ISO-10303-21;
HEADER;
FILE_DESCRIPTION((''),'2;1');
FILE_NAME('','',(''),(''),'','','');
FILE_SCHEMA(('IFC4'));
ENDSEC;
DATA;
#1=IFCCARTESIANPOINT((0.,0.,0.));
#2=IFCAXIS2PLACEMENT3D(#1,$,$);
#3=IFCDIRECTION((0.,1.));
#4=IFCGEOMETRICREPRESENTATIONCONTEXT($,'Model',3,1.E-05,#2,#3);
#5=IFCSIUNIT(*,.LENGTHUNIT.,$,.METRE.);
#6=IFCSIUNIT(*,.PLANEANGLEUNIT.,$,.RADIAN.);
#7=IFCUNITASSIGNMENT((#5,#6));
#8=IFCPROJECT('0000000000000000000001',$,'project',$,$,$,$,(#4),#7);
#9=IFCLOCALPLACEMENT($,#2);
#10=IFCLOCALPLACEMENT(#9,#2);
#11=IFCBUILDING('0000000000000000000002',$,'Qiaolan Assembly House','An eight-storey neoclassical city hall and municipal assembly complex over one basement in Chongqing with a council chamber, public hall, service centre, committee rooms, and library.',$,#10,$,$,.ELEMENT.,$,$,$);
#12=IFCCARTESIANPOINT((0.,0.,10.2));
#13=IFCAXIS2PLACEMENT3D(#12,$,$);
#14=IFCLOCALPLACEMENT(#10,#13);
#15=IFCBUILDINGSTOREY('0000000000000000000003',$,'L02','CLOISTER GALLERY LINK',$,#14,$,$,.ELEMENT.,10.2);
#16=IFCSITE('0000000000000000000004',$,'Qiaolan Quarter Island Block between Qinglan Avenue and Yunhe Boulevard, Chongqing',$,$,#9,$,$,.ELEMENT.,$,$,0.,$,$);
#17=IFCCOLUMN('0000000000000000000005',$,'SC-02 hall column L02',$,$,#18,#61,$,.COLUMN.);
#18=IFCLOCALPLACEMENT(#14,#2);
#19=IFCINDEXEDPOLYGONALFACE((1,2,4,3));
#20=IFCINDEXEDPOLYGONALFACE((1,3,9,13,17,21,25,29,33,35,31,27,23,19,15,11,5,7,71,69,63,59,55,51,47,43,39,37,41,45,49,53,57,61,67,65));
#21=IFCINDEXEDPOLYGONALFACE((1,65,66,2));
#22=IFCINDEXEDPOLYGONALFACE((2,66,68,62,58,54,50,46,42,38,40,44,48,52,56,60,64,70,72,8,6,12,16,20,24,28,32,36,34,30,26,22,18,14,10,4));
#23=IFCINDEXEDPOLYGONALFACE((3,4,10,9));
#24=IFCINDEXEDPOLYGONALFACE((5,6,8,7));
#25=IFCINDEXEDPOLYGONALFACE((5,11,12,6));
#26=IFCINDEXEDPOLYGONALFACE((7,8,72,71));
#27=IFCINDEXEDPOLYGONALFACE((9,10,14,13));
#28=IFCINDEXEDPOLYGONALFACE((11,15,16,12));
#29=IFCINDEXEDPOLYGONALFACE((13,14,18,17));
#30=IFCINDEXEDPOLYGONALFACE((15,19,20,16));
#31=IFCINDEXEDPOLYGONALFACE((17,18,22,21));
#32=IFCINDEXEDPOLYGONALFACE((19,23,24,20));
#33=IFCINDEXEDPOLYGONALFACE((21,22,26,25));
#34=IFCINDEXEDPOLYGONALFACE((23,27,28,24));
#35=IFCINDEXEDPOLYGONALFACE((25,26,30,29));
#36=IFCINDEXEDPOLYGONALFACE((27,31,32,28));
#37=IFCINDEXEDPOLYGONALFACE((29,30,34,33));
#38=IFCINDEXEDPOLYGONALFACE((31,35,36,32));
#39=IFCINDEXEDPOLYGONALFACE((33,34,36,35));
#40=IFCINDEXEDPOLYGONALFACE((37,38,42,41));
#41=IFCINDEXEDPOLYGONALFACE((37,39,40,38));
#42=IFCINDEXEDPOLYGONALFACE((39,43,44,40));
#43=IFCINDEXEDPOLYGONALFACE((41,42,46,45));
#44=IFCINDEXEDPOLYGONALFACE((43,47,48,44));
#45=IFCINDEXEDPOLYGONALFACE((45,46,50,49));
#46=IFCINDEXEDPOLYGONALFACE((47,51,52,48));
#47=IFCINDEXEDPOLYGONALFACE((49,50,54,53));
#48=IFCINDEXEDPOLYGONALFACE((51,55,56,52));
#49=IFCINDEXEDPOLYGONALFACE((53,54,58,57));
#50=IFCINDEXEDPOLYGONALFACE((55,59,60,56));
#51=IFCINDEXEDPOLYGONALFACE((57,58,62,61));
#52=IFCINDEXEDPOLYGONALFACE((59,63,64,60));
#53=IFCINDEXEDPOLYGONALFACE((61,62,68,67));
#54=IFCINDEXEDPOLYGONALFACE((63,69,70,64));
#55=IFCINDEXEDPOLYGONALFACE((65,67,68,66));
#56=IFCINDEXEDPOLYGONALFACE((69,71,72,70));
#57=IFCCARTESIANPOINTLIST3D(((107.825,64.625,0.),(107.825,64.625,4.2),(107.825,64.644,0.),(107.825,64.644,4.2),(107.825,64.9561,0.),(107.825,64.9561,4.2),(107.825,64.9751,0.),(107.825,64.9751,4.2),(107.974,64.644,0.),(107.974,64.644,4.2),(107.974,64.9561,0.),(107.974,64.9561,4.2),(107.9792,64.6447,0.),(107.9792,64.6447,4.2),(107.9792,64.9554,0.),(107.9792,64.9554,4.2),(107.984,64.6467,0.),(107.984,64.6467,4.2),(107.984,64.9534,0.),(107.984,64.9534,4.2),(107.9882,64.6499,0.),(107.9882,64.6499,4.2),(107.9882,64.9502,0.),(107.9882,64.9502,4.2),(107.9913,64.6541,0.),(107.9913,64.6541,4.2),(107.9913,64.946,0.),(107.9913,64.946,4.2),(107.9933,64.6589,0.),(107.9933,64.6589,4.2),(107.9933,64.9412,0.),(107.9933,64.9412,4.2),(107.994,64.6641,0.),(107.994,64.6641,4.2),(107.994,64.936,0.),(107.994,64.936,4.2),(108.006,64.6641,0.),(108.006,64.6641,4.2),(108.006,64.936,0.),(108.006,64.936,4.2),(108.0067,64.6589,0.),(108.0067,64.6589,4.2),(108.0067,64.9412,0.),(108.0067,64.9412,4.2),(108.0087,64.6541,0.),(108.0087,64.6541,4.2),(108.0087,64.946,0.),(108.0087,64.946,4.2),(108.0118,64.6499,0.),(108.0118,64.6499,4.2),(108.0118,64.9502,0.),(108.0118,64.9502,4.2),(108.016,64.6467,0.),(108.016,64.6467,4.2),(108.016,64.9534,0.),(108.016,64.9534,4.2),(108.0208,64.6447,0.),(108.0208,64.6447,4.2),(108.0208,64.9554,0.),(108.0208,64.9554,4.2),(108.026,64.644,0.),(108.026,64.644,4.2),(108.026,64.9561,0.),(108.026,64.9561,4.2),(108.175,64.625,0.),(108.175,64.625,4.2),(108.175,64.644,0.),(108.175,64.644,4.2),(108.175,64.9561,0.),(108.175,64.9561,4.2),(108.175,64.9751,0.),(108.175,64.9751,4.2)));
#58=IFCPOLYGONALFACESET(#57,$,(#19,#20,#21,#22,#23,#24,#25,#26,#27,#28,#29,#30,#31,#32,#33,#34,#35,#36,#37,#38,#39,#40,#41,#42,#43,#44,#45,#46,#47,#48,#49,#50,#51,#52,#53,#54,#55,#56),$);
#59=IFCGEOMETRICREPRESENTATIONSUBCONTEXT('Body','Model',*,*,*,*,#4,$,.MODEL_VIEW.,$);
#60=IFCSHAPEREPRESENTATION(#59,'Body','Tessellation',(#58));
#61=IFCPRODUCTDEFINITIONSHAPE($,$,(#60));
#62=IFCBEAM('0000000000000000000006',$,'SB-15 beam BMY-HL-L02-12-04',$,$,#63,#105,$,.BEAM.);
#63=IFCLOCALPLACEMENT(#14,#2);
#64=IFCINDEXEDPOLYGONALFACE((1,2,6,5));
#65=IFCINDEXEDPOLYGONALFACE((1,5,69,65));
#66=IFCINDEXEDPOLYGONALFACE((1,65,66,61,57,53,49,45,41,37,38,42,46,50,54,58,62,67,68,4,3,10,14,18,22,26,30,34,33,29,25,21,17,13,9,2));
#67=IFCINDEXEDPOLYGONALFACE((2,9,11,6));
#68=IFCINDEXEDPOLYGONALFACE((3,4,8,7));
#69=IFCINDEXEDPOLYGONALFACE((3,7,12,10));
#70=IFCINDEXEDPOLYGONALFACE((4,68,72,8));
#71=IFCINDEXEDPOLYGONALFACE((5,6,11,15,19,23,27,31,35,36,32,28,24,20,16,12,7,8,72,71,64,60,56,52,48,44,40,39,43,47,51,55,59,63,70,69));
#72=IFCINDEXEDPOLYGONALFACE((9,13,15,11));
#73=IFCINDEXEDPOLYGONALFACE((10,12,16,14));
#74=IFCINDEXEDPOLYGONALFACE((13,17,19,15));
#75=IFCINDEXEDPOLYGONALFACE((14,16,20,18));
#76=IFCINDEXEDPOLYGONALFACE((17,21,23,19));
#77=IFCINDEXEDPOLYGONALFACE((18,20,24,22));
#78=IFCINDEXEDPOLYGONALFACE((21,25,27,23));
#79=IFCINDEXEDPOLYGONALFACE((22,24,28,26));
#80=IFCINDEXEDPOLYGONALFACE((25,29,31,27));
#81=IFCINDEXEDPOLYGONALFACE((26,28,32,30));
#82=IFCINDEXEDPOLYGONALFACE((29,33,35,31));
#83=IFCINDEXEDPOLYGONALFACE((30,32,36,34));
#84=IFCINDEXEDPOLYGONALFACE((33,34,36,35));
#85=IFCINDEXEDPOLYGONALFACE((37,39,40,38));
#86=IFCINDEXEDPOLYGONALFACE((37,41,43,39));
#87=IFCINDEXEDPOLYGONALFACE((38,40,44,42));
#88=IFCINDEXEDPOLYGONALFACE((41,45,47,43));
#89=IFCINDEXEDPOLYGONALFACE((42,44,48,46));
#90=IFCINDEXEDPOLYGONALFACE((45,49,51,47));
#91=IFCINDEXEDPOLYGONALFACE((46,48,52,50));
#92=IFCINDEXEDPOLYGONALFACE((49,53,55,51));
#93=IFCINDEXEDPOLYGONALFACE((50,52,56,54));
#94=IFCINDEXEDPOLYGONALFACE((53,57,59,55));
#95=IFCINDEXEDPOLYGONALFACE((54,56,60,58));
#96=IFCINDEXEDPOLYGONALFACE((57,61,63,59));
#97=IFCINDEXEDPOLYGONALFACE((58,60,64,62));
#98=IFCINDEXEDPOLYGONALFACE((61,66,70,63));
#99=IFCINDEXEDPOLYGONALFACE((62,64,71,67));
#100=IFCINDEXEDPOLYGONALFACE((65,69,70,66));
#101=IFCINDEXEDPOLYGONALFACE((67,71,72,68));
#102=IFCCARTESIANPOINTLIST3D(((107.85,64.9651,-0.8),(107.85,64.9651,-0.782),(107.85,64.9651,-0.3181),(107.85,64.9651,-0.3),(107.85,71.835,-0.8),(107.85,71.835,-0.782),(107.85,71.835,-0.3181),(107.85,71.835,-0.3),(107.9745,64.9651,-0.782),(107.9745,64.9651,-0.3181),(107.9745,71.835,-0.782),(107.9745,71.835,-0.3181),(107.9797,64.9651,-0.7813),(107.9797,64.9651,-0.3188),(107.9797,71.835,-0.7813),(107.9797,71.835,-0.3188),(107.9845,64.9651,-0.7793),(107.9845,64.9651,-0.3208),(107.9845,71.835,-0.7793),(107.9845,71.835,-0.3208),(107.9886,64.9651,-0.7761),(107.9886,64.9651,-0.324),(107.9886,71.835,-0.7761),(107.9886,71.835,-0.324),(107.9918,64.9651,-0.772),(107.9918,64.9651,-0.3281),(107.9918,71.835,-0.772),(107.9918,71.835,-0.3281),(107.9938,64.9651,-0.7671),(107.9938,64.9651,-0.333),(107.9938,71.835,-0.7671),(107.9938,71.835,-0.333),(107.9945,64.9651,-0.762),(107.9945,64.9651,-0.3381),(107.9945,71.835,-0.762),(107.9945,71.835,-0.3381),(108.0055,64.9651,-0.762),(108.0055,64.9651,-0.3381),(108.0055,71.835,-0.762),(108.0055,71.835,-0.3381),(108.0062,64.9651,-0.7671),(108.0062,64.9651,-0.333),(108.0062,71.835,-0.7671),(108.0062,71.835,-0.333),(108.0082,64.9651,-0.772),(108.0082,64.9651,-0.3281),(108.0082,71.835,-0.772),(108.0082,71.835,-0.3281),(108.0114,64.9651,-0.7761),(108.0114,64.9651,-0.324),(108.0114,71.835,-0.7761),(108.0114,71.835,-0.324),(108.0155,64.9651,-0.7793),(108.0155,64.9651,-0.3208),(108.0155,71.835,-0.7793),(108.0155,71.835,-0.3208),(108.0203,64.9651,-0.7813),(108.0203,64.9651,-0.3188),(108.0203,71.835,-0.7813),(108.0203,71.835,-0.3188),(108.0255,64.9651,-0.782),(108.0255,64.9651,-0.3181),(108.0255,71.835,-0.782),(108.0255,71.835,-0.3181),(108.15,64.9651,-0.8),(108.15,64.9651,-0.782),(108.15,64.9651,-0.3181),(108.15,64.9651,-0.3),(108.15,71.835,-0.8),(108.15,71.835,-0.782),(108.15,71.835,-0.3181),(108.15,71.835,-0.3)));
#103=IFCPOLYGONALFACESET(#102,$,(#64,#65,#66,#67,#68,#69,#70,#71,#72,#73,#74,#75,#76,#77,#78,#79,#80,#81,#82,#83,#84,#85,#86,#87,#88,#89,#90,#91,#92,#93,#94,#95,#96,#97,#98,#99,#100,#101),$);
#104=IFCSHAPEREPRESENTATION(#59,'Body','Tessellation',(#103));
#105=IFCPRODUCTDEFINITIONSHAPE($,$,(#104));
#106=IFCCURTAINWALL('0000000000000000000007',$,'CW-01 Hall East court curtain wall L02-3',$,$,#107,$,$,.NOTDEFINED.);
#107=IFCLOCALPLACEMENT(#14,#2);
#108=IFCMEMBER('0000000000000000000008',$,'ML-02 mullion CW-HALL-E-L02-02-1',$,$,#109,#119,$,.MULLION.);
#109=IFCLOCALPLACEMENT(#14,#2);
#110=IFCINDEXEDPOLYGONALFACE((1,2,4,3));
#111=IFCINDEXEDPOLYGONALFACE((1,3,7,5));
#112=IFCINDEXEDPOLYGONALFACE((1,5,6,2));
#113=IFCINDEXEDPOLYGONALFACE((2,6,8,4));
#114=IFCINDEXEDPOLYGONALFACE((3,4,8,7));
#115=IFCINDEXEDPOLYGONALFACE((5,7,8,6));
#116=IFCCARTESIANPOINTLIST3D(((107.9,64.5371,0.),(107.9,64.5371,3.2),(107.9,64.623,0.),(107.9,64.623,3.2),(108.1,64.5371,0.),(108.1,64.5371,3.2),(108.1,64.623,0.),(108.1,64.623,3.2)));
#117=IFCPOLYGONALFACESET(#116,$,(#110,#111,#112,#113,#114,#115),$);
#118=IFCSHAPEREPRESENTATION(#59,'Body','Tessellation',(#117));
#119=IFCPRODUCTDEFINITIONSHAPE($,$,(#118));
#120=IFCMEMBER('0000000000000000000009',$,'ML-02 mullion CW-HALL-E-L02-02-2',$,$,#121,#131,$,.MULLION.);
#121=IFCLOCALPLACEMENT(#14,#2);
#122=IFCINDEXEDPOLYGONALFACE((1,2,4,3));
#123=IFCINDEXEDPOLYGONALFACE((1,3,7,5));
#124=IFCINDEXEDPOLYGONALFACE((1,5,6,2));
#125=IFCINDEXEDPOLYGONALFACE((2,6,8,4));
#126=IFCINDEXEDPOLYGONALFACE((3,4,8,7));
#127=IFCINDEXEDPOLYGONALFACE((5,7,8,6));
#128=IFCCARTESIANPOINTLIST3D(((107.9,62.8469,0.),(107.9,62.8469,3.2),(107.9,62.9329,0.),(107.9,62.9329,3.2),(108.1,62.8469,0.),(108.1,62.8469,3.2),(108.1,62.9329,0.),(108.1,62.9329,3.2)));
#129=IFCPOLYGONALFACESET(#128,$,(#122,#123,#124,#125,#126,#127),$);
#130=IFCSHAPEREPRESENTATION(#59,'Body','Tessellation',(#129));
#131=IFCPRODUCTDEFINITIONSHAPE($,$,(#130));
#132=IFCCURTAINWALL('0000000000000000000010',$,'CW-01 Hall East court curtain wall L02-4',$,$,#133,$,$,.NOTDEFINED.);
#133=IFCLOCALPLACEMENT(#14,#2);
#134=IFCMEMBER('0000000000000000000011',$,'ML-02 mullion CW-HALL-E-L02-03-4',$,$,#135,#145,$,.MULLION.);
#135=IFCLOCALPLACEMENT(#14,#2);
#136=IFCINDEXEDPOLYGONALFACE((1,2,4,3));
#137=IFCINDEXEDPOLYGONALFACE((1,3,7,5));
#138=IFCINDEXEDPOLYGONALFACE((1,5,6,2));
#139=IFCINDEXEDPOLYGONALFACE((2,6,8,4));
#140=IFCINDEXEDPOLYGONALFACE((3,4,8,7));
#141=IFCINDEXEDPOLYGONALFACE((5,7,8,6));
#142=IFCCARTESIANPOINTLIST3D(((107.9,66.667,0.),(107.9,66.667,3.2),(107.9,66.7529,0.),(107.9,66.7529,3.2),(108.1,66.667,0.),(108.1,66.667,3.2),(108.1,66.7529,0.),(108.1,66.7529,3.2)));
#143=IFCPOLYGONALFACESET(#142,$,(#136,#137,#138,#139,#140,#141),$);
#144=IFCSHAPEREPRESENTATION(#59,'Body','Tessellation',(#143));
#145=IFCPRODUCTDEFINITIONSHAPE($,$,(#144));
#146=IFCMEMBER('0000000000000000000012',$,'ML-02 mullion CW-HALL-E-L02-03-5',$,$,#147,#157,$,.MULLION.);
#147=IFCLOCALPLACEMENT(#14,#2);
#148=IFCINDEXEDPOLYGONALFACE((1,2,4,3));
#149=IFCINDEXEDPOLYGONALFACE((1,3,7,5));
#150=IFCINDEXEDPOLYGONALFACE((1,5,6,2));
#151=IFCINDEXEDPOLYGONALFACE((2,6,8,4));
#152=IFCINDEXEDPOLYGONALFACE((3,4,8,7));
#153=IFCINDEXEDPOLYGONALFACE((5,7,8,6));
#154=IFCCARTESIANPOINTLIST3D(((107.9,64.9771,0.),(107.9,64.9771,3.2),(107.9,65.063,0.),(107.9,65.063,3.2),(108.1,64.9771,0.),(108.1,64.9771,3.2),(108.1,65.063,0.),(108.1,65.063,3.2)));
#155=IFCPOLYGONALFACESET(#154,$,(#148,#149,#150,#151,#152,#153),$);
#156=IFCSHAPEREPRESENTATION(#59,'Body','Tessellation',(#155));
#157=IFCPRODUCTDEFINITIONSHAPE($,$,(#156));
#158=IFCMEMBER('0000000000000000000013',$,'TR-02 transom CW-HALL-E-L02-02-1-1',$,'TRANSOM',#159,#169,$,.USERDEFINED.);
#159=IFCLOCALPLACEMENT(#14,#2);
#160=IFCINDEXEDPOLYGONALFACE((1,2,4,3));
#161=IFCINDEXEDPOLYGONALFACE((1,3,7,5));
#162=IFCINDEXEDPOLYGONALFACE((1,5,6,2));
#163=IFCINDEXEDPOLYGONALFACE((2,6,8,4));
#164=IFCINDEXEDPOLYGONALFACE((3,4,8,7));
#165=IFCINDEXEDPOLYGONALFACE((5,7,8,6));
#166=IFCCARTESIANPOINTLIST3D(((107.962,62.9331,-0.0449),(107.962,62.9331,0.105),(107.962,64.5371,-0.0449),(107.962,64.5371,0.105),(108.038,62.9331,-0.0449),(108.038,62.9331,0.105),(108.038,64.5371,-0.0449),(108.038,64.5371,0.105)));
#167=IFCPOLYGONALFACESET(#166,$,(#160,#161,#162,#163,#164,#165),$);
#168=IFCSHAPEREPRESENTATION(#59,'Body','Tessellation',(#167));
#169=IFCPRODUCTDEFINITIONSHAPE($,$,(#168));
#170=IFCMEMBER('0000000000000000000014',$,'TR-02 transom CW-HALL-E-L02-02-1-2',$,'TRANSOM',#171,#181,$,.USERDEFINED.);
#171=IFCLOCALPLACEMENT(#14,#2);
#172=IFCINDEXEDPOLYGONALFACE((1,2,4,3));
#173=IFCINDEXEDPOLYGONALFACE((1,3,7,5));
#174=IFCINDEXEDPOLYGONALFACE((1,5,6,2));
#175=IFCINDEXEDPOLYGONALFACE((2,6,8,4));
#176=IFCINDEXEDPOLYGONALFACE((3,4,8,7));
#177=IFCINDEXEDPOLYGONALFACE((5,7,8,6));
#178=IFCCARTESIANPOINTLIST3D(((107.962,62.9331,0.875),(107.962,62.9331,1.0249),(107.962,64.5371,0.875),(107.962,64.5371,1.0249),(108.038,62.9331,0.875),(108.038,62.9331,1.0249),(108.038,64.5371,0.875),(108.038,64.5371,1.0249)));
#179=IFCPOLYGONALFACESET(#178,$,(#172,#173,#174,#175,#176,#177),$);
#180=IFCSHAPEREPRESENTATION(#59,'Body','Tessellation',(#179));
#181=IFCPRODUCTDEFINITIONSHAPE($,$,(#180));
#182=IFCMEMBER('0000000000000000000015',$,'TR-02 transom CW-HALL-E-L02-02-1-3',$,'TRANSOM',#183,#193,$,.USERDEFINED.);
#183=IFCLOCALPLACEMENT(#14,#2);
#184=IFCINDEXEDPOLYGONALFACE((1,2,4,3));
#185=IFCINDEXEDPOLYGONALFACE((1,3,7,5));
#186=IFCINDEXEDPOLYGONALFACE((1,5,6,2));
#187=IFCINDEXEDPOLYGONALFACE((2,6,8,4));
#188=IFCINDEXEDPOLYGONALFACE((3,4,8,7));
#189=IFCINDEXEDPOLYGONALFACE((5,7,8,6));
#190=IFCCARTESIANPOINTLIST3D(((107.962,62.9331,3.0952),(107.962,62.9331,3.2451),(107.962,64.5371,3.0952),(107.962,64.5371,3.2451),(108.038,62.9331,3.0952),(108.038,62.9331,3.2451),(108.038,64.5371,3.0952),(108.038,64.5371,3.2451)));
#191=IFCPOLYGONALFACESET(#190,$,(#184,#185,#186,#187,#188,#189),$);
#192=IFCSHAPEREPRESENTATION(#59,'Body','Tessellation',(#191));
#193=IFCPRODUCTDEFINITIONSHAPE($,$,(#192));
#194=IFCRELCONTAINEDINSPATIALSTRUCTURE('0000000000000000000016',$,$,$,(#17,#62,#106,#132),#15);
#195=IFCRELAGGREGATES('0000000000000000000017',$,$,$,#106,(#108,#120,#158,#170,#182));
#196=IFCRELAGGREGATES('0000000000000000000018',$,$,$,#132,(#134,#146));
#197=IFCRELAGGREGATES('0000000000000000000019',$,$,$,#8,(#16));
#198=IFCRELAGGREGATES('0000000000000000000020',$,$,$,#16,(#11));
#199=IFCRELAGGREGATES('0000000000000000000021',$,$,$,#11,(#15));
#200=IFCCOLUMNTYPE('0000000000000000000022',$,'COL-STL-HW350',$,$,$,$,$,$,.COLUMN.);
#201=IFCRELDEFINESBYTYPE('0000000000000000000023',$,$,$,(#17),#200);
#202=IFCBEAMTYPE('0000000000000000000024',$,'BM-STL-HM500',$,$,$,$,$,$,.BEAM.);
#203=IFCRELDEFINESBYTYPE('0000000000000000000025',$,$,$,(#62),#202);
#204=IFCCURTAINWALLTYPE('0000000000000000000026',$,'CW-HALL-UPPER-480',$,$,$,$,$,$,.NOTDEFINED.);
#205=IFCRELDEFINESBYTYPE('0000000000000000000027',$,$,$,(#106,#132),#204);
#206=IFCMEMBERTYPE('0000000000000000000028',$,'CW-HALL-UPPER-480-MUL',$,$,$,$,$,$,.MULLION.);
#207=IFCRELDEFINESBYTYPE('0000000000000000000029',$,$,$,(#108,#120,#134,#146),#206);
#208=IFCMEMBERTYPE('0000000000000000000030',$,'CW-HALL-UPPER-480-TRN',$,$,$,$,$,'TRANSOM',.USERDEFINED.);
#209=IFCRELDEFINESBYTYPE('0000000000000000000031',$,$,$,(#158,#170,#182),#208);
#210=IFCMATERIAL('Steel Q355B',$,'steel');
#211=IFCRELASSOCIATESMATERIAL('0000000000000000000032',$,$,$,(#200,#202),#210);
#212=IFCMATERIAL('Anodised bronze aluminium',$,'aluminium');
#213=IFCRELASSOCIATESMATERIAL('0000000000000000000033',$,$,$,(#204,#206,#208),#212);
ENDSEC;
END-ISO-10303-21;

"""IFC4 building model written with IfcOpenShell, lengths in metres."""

from ifc_helpers import new_model, si_unit, direction, frame, origin, origin_2d, place, context, subcontext, project, spatial, rectangle, i_section, extrude, material, material_profile, profile_set, type_object, element, aggregate, save


model = new_model("IFC4")

# Units and contexts
model_context = context("Model", 3, precision=1e-05, world=origin(), true_north=direction((0.0, 1.0)))
body_context = subcontext(model_context, "Body", "Model", "MODEL_VIEW")
ifc_project = project(units=[si_unit("LENGTHUNIT", "METRE"), si_unit("PLANEANGLEUNIT", "RADIAN")], contexts=[model_context])

# Site, building, storey
site_placement = place(None, origin())
site = spatial("IfcSite", under=ifc_project, at=site_placement, Name="Qiaolan Quarter Island Block between Qinglan Avenue and Yunhe Boulevard, Chongqing", CompositionType="ELEMENT", RefElevation=0.0)
building_placement = place(site_placement, origin())
building = spatial("IfcBuilding", under=site, at=building_placement, Name="Qiaolan Assembly House", Description="An eight-storey neoclassical city hall and municipal assembly complex over one basement in Chongqing with a council chamber, public hall, service centre, committee rooms, and library.", CompositionType="ELEMENT")
storey_placement = place(building_placement, frame((0.0, 0.0, 10.2)))
storey = spatial("IfcBuildingStorey", under=building, at=storey_placement, Name="L02", Description="CLOISTER GALLERY LINK", CompositionType="ELEMENT", Elevation=10.2)

# Column
ifc_material_1 = material(Name="Steel Q355B", Category="steel")
ifc_material_profile_1 = material_profile(ifc_material_1, i_section(OverallWidth=0.3501, OverallDepth=0.3501, WebThickness=0.012, FlangeThickness=0.019, FilletRadius=0.02, at=origin_2d()), Name="HW 350x350x12x19")
ifc_profile_set_1 = profile_set([ifc_material_profile_1], Name="Steel Q355B")
column_type = type_object("IfcColumnType", Name="COL-STL-HW350", PredefinedType="COLUMN", material=ifc_profile_set_1)
column_placement = place(storey_placement, frame((108.0, 64.8, 0.0), z_axis=(0.0, 0.0, 1.0), x_axis=(1.0, 0.0, 0.0)))
element("IfcColumn", 1, at=column_placement, inside=storey, type_object=column_type, Name="SC-02 hall column L02", PredefinedType="COLUMN", context=body_context, shape_type="SweptSolid", body=[
    extrude(i_section(OverallWidth=0.3501, OverallDepth=0.3501, WebThickness=0.012, FlangeThickness=0.019, FilletRadius=0.02, at=origin_2d()), origin(), (0.0, 0.0, 1.0), 4.2),
])

# Beam
ifc_material_profile_2 = material_profile(ifc_material_1, i_section(OverallWidth=0.3, OverallDepth=0.5, WebThickness=0.011, FlangeThickness=0.0181, FilletRadius=0.02, at=origin_2d()), Name="HM 500x300x11x18")
ifc_profile_set_2 = profile_set([ifc_material_profile_2], Name="Steel Q355B")
beam_type = type_object("IfcBeamType", Name="BM-STL-HM500", PredefinedType="BEAM", material=ifc_profile_set_2)
beam_placement = place(storey_placement, frame((108.0, 64.9651, -0.55), z_axis=(0.0, 1.0, 0.0), x_axis=(-1.0, 0.0, 0.0)))
element("IfcBeam", 2, at=beam_placement, inside=storey, type_object=beam_type, Name="SB-15 beam BMY-HL-L02-12-04", PredefinedType="BEAM", context=body_context, shape_type="SweptSolid", body=[
    extrude(i_section(OverallWidth=0.3, OverallDepth=0.5, WebThickness=0.011, FlangeThickness=0.0181, FilletRadius=0.02, at=origin_2d()), origin(), (0.0, 0.0, 1.0), 6.8699),
])

# Curtain walls, members
ifc_material_2 = material(Name="Anodised bronze aluminium", Category="aluminium")
curtain_wall_type = type_object("IfcCurtainWallType", Name="CW-HALL-UPPER-480", PredefinedType="NOTDEFINED", material=ifc_material_2)
curtain_wall_1_placement = place(storey_placement, origin())
curtain_wall_1 = element("IfcCurtainWall", 3, at=curtain_wall_1_placement, inside=storey, type_object=curtain_wall_type, Name="CW-01 Hall East court curtain wall L02-3", PredefinedType="NOTDEFINED")
ifc_material_profile_3 = material_profile(ifc_material_2, rectangle(XDim=0.0859, YDim=0.2, at=origin_2d()), Name="MUL 86x200")
ifc_profile_set_3 = profile_set([ifc_material_profile_3], Name="Anodised bronze aluminium")
member_type_1 = type_object("IfcMemberType", Name="CW-HALL-UPPER-480-MUL", PredefinedType="MULLION", material=ifc_profile_set_3)
member_1_placement = place(storey_placement, frame((108.0, 64.5801, 0.0), z_axis=(0.0, 0.0, 1.0), x_axis=(0.0, -1.0, 0.0)))
member_1 = element("IfcMember", 4, at=member_1_placement, type_object=member_type_1, Name="ML-02 mullion CW-HALL-E-L02-02-1", PredefinedType="MULLION", context=body_context, shape_type="SweptSolid", body=[
    extrude(rectangle(XDim=0.0859, YDim=0.2, at=origin_2d()), origin(), (0.0, 0.0, 1.0), 3.2),
])
member_2_placement = place(storey_placement, frame((108.0, 62.8899, 0.0), z_axis=(0.0, 0.0, 1.0), x_axis=(0.0, -1.0, 0.0)))
member_2 = element("IfcMember", 5, at=member_2_placement, type_object=member_type_1, Name="ML-02 mullion CW-HALL-E-L02-02-2", PredefinedType="MULLION", context=body_context, shape_type="SweptSolid", body=[
    extrude(rectangle(XDim=0.0859, YDim=0.2, at=origin_2d()), origin(), (0.0, 0.0, 1.0), 3.2),
])
curtain_wall_2_placement = place(storey_placement, origin())
curtain_wall_2 = element("IfcCurtainWall", 6, at=curtain_wall_2_placement, inside=storey, type_object=curtain_wall_type, Name="CW-01 Hall East court curtain wall L02-4", PredefinedType="NOTDEFINED")
member_3_placement = place(storey_placement, frame((108.0, 66.71, 0.0), z_axis=(0.0, 0.0, 1.0), x_axis=(0.0, -1.0, 0.0)))
member_3 = element("IfcMember", 7, at=member_3_placement, type_object=member_type_1, Name="ML-02 mullion CW-HALL-E-L02-03-4", PredefinedType="MULLION", context=body_context, shape_type="SweptSolid", body=[
    extrude(rectangle(XDim=0.0859, YDim=0.2, at=origin_2d()), origin(), (0.0, 0.0, 1.0), 3.2),
])
member_4_placement = place(storey_placement, frame((108.0, 65.02, 0.0), z_axis=(0.0, 0.0, 1.0), x_axis=(0.0, -1.0, 0.0)))
member_4 = element("IfcMember", 8, at=member_4_placement, type_object=member_type_1, Name="ML-02 mullion CW-HALL-E-L02-03-5", PredefinedType="MULLION", context=body_context, shape_type="SweptSolid", body=[
    extrude(rectangle(XDim=0.0859, YDim=0.2, at=origin_2d()), origin(), (0.0, 0.0, 1.0), 3.2),
])

# Members
ifc_material_profile_4 = material_profile(ifc_material_2, rectangle(XDim=0.0759, YDim=0.1499, at=origin_2d()), Name="TRN 76x150")
ifc_profile_set_4 = profile_set([ifc_material_profile_4], Name="Anodised bronze aluminium")
member_type_2 = type_object("IfcMemberType", Name="CW-HALL-UPPER-480-TRN", ElementType="TRANSOM", PredefinedType="USERDEFINED", material=ifc_profile_set_4)
member_5_placement = place(storey_placement, frame((108.0, 64.5371, 0.03), z_axis=(0.0, -1.0, 0.0), x_axis=(1.0, 0.0, 0.0)))
member_5 = element("IfcMember", 9, at=member_5_placement, type_object=member_type_2, Name="TR-02 transom CW-HALL-E-L02-02-1-1", ObjectType="TRANSOM", PredefinedType="USERDEFINED", context=body_context, shape_type="SweptSolid", body=[
    extrude(rectangle(XDim=0.0759, YDim=0.1499, at=origin_2d()), origin(), (0.0, 0.0, 1.0), 1.604),
])
member_6_placement = place(storey_placement, frame((108.0, 64.5371, 0.95), z_axis=(0.0, -1.0, 0.0), x_axis=(1.0, 0.0, 0.0)))
member_6 = element("IfcMember", 10, at=member_6_placement, type_object=member_type_2, Name="TR-02 transom CW-HALL-E-L02-02-1-2", ObjectType="TRANSOM", PredefinedType="USERDEFINED", context=body_context, shape_type="SweptSolid", body=[
    extrude(rectangle(XDim=0.0759, YDim=0.1499, at=origin_2d()), origin(), (0.0, 0.0, 1.0), 1.604),
])
member_7_placement = place(storey_placement, frame((108.0, 64.5371, 3.1702), z_axis=(0.0, -1.0, 0.0), x_axis=(1.0, 0.0, 0.0)))
member_7 = element("IfcMember", 11, at=member_7_placement, type_object=member_type_2, Name="TR-02 transom CW-HALL-E-L02-02-1-3", ObjectType="TRANSOM", PredefinedType="USERDEFINED", context=body_context, shape_type="SweptSolid", body=[
    extrude(rectangle(XDim=0.0759, YDim=0.1499, at=origin_2d()), origin(), (0.0, 0.0, 1.0), 1.604),
])

aggregate(curtain_wall_1, [member_1, member_2, member_5, member_6, member_7])
aggregate(curtain_wall_2, [member_3, member_4])

save(model, "model.ifc")
